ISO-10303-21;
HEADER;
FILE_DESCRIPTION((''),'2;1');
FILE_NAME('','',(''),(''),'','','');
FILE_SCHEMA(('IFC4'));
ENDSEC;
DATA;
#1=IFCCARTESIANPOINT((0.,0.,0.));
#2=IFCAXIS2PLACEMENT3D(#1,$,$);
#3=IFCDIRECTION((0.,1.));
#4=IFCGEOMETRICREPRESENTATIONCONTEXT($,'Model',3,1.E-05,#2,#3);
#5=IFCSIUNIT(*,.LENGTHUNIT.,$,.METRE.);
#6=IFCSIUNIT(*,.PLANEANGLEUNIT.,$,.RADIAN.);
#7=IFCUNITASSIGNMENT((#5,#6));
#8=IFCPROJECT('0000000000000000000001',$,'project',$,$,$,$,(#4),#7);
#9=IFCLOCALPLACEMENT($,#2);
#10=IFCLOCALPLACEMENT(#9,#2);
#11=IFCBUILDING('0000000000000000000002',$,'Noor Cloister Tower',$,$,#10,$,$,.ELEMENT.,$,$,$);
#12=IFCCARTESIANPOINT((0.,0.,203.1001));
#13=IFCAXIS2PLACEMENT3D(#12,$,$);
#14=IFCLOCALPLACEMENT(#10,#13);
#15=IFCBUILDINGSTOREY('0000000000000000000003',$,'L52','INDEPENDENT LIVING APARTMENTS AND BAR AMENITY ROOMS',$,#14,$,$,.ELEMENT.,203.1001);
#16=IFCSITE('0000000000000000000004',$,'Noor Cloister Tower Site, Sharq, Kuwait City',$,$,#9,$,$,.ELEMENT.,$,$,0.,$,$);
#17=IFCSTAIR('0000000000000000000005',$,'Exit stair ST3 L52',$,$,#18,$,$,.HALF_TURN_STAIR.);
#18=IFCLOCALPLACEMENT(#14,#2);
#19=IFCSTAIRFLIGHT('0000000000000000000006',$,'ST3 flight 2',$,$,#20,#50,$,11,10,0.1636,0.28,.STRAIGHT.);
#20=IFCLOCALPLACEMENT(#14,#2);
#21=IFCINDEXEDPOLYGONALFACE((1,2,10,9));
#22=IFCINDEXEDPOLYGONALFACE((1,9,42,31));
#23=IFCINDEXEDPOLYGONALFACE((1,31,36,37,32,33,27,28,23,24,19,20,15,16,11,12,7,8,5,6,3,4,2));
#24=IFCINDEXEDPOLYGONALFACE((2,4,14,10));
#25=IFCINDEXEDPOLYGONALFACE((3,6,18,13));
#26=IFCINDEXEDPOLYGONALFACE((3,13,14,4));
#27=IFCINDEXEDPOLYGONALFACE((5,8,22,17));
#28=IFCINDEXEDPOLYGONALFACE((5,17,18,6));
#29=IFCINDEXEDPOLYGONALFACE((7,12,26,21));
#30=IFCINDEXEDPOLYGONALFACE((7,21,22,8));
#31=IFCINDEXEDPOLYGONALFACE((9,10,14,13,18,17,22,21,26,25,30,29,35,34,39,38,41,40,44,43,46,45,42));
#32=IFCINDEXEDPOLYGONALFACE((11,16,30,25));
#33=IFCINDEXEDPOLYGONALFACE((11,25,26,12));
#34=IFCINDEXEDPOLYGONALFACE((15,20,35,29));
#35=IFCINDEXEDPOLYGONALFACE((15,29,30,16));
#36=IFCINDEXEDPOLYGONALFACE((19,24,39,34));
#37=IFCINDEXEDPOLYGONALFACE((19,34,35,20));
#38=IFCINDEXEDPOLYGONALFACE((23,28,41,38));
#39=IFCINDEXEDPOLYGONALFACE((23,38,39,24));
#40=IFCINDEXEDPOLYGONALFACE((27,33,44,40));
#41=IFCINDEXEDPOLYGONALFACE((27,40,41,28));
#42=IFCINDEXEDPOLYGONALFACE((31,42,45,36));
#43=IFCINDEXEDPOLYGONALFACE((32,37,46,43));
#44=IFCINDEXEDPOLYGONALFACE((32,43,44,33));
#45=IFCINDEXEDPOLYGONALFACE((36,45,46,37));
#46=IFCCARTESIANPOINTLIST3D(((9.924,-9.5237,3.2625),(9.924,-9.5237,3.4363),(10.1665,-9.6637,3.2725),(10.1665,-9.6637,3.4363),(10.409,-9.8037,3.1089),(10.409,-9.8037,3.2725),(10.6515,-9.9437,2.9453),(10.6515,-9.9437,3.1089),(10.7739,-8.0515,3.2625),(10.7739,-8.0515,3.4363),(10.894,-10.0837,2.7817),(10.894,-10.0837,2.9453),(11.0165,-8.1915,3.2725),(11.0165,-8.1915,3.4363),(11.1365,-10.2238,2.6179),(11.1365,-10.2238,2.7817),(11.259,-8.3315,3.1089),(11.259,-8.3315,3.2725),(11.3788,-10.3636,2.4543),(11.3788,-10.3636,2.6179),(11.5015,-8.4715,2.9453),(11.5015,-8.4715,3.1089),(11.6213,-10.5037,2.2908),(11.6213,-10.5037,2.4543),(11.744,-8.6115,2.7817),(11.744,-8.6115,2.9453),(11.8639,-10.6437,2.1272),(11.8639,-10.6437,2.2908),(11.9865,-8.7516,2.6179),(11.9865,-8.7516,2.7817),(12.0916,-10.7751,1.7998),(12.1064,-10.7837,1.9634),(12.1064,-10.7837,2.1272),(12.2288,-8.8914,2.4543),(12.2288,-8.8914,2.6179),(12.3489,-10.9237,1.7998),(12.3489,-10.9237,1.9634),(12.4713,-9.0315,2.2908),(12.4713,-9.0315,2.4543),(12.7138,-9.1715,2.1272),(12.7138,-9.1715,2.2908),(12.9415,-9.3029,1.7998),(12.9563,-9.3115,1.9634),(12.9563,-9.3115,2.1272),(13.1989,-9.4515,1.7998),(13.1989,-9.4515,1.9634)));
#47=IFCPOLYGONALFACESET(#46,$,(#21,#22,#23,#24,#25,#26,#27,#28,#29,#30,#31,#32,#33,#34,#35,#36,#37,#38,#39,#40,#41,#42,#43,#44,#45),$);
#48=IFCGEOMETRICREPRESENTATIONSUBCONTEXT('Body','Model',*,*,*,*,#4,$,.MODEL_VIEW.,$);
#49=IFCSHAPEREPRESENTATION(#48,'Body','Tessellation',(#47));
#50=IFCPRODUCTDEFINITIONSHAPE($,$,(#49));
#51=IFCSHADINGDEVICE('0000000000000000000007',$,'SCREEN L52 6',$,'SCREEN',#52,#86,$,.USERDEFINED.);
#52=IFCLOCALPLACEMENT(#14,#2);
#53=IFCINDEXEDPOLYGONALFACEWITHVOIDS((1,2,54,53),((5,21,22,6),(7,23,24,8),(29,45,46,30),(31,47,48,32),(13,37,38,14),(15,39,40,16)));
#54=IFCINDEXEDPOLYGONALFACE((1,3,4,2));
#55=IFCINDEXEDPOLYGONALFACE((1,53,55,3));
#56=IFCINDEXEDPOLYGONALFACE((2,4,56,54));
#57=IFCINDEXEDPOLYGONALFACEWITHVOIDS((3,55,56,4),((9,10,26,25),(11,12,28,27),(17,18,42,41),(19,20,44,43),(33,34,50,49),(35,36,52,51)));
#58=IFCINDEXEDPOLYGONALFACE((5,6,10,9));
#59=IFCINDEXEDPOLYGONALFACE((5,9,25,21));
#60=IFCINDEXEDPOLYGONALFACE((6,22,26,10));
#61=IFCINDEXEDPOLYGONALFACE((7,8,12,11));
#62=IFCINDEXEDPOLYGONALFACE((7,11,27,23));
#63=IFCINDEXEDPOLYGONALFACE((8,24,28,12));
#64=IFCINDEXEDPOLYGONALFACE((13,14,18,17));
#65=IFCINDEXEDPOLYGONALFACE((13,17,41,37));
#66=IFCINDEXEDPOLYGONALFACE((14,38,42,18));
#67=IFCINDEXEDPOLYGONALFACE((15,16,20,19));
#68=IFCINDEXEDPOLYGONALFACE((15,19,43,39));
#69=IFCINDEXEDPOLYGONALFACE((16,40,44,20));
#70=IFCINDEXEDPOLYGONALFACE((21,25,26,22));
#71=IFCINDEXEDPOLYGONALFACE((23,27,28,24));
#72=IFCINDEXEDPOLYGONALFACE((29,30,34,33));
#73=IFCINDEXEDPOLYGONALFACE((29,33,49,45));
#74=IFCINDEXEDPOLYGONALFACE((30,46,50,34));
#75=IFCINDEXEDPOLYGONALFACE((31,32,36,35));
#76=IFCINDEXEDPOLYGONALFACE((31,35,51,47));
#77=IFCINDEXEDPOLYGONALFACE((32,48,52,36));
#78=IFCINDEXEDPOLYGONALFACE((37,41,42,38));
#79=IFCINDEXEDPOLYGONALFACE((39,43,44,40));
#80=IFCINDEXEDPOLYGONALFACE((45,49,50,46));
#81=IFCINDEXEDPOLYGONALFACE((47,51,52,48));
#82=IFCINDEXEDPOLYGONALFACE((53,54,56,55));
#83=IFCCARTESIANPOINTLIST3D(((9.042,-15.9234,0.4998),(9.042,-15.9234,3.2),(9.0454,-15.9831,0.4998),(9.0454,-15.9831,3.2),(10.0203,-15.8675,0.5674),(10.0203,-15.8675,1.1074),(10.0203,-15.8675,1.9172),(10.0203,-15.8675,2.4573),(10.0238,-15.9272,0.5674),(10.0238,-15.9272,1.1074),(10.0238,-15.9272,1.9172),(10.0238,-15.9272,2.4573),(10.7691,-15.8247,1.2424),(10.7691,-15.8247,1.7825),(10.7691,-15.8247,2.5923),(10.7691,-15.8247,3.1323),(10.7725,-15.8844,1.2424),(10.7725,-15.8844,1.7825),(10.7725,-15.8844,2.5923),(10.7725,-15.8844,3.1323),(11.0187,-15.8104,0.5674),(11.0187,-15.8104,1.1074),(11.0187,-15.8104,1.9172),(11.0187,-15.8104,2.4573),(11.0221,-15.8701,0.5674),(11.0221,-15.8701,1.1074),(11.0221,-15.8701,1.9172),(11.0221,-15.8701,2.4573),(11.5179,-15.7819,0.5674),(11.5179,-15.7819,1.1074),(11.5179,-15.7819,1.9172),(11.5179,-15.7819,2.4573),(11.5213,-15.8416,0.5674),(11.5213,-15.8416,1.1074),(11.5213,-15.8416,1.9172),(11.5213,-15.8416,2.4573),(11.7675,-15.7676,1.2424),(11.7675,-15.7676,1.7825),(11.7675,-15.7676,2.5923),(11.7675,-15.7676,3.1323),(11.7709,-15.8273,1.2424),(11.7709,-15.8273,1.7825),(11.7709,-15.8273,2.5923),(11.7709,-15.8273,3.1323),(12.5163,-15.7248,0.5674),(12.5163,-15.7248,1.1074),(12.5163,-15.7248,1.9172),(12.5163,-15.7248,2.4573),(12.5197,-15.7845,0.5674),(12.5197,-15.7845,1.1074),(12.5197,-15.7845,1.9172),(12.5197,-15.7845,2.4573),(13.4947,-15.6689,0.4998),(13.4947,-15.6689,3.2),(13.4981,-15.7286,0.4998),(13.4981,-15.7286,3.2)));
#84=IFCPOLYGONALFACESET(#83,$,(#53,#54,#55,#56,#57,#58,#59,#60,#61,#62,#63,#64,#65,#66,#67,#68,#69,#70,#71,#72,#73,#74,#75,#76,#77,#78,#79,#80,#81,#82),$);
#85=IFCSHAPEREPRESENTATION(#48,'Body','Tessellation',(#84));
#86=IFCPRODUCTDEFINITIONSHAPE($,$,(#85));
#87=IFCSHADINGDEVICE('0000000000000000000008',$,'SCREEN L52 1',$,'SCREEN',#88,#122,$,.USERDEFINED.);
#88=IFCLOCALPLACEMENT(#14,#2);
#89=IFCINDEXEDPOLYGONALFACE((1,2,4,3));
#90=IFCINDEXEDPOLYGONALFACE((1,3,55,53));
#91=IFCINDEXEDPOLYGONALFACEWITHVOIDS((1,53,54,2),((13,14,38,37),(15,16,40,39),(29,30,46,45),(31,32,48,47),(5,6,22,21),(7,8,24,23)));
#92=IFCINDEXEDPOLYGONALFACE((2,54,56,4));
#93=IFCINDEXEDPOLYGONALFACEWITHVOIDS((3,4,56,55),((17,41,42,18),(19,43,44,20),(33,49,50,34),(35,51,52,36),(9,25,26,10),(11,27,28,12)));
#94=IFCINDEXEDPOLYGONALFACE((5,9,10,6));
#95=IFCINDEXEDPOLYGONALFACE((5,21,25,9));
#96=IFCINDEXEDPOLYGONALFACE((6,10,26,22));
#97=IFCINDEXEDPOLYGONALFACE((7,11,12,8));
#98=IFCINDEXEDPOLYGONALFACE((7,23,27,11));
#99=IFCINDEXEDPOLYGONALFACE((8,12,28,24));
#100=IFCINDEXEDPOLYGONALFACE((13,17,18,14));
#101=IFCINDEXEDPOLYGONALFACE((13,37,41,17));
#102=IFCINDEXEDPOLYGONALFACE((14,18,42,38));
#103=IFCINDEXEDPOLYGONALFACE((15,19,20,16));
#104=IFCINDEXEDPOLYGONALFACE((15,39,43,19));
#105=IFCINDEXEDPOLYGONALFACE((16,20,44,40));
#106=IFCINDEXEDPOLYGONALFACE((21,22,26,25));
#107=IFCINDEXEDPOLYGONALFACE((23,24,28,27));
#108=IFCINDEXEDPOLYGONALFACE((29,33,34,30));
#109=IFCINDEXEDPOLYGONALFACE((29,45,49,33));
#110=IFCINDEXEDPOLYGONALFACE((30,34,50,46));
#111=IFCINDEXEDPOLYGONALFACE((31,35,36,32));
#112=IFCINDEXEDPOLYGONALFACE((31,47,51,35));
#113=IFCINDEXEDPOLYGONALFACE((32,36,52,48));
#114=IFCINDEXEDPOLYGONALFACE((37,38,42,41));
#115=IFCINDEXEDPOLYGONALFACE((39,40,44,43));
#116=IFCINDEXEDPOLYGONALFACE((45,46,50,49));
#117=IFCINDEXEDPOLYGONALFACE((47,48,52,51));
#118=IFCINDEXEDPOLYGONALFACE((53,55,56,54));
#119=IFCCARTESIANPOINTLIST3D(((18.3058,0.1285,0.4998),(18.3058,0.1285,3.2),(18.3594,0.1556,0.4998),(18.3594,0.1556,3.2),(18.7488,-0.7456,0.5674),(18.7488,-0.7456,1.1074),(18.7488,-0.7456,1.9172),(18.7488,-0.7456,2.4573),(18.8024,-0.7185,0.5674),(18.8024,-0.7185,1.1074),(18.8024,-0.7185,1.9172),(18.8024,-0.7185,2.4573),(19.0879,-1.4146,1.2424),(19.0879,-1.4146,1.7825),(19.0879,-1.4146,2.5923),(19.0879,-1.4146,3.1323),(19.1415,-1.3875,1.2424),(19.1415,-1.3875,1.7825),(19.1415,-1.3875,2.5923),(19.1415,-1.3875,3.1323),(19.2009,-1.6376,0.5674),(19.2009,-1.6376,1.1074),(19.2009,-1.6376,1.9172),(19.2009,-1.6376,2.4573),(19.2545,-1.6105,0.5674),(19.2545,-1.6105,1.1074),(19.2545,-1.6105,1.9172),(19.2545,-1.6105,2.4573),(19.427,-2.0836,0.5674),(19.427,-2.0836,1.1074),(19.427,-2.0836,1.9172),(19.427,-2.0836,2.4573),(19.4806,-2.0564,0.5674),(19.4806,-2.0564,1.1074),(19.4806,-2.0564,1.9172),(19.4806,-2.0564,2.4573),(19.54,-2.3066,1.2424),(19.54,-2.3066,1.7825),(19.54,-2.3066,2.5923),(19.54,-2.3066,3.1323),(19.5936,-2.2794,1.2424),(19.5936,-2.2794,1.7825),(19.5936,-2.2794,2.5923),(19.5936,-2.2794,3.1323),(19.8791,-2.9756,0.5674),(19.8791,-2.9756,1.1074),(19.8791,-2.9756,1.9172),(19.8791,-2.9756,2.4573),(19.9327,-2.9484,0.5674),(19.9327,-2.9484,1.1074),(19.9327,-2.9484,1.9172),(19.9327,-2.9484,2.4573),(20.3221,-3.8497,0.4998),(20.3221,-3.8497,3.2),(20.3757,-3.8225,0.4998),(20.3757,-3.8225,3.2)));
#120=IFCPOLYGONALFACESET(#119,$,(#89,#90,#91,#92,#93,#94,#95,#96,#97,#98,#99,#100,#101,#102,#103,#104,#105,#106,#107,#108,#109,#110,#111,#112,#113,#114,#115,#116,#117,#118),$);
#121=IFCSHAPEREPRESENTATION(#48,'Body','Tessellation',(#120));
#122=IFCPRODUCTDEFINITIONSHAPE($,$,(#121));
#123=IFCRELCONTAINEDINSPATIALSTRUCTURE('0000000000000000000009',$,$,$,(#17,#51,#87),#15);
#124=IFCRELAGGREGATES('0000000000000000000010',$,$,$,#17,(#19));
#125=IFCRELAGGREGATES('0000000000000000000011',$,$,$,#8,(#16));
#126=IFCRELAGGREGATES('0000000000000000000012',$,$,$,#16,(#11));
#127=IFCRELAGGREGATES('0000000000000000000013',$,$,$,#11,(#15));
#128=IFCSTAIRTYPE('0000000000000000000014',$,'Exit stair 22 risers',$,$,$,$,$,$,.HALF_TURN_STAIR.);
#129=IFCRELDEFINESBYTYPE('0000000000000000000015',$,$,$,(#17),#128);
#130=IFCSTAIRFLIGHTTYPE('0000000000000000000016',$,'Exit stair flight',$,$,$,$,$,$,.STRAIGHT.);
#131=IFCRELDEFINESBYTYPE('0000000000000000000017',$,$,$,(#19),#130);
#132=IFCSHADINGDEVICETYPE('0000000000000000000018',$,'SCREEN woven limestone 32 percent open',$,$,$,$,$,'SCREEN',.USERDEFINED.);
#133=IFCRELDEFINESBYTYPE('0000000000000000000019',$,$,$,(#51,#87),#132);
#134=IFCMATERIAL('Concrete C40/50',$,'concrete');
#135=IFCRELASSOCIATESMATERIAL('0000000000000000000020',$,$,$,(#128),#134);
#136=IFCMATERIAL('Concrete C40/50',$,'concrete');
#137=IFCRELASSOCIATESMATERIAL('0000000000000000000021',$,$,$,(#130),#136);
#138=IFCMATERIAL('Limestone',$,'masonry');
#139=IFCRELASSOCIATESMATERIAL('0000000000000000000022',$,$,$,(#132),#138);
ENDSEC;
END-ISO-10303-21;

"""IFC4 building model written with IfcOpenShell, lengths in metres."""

from ifc_helpers import new_model, si_unit, direction, frame, origin, place, context, subcontext, project, spatial, polyline, outline, extrude, material, material_profile, profile_set, type_object, element, aggregate, save


model = new_model("IFC4")

# Units and contexts
model_context = context("Model", 3, precision=1e-05, world=origin(), true_north=direction((0.0, 1.0)))
body_context = subcontext(model_context, "Body", "Model", "MODEL_VIEW")
ifc_project = project(units=[si_unit("LENGTHUNIT", "METRE"), si_unit("PLANEANGLEUNIT", "RADIAN")], contexts=[model_context])

# Site, building, storey
site_placement = place(None, origin())
site = spatial("IfcSite", under=ifc_project, at=site_placement, Name="Noor Cloister Tower Site, Sharq, Kuwait City", CompositionType="ELEMENT", RefElevation=0.0)
building_placement = place(site_placement, origin())
building = spatial("IfcBuilding", under=site, at=building_placement, Name="Noor Cloister Tower", CompositionType="ELEMENT")
storey_placement = place(building_placement, frame((0.0, 0.0, 203.1001)))
storey = spatial("IfcBuildingStorey", under=building, at=storey_placement, Name="L52", Description="INDEPENDENT LIVING APARTMENTS AND BAR AMENITY ROOMS", CompositionType="ELEMENT", Elevation=203.1001)

# Stair, stair flight
ifc_material_1 = material(Name="Concrete C40/50", Category="concrete")
stair_type = type_object("IfcStairType", Name="Exit stair 22 risers", PredefinedType="HALF_TURN_STAIR", material=ifc_material_1)
stair_placement = place(storey_placement, origin())
stair = element("IfcStair", 1, at=stair_placement, inside=storey, type_object=stair_type, Name="Exit stair ST3 L52", PredefinedType="HALF_TURN_STAIR")
ifc_material_2 = material(Name="Concrete C40/50", Category="concrete")
stair_flight_type = type_object("IfcStairFlightType", Name="Exit stair flight", PredefinedType="STRAIGHT", material=ifc_material_2)
stair_flight_1_placement = place(storey_placement, frame((12.7739, -10.1875, 1.7998), z_axis=(0.0, 0.0, 1.0), x_axis=(-0.866025, 0.5, 0.0)))
stair_flight_1 = element("IfcStairFlight", 2, at=stair_flight_1_placement, type_object=stair_flight_type, Name="ST3 flight 2", NumberOfRisers=11, NumberOfTreads=10, PredefinedType="STRAIGHT", RiserHeight=0.1636, TreadLength=0.28, context=body_context, shape_type="SweptSolid", body=[
    extrude(outline(polyline([(0.0, 0.0), (0.0, 0.1636), (0.28, 0.1636), (0.28, 0.3274), (0.5601, 0.3274), (0.5601, 0.491), (0.8401, 0.491), (0.8401, 0.6545), (1.1201, 0.6545), (1.1201, 0.8181), (1.3999, 0.8181), (1.3999, 0.9819), (1.6799, 0.9819), (1.6799, 1.1455), (1.96, 1.1455), (1.96, 1.3091), (2.24, 1.3091), (2.24, 1.4727), (2.52, 1.4727), (2.52, 1.6365), (2.8, 1.6365), (2.8, 1.8), (2.8, 1.4626), (0.2971, 0.0), (0.0, 0.0)])), frame((0.0, 0.8501, 0.0), z_axis=(0.0, -1.0, 0.0), x_axis=(1.0, 0.0, 0.0)), (0.0, 0.0, 1.0), 1.7),
])
aggregate(stair, [stair_flight_1])

# Shading devices
ifc_material_3 = material(Name="Limestone", Category="masonry")
ifc_material_profile_1 = material_profile(ifc_material_3, outline(polyline([(-2.23, -1.3501), (2.23, -1.3501), (2.23, 1.3501), (-2.23, 1.3501), (-2.23, -1.3501)]), holes=[polyline([(-1.25, -1.2825), (-0.25, -1.2825), (-0.25, -0.7424), (-1.25, -0.7424), (-1.25, -1.2825)]), polyline([(0.25, -1.2825), (1.25, -1.2825), (1.25, -0.7424), (0.25, -0.7424), (0.25, -1.2825)]), polyline([(-0.5, -0.6074), (0.5, -0.6074), (0.5, -0.0674), (-0.5, -0.0674), (-0.5, -0.6074)]), polyline([(-1.25, 0.0674), (-0.25, 0.0674), (-0.25, 0.6074), (-1.25, 0.6074), (-1.25, 0.0674)]), polyline([(0.25, 0.0674), (1.25, 0.0674), (1.25, 0.6074), (0.25, 0.6074), (0.25, 0.0674)]), polyline([(-0.5, 0.7424), (0.5, 0.7424), (0.5, 1.2825), (-0.5, 1.2825), (-0.5, 0.7424)])]), Name="Woven screen 32 percent open")
ifc_profile_set_1 = profile_set([ifc_material_profile_1], Name="Limestone")
shading_device_type = type_object("IfcShadingDeviceType", Name="SCREEN woven limestone 32 percent open", ElementType="SCREEN", PredefinedType="USERDEFINED", material=ifc_profile_set_1)
shading_device_1_placement = place(storey_placement, frame((11.2683, -15.7961, 1.8499), z_axis=(0.05705, -0.998371, 0.0), x_axis=(0.998371, 0.05705, 0.0)))
element("IfcShadingDevice", 3, at=shading_device_1_placement, inside=storey, type_object=shading_device_type, Name="SCREEN L52 6", ObjectType="SCREEN", PredefinedType="USERDEFINED", context=body_context, shape_type="SweptSolid", body=[
    extrude(outline(polyline([(-2.23, -1.3501), (2.23, -1.3501), (2.23, 1.3501), (-2.23, 1.3501), (-2.23, -1.3501)]), holes=[polyline([(-1.25, -1.2825), (-0.25, -1.2825), (-0.25, -0.7424), (-1.25, -0.7424), (-1.25, -1.2825)]), polyline([(0.25, -1.2825), (1.25, -1.2825), (1.25, -0.7424), (0.25, -0.7424), (0.25, -1.2825)]), polyline([(-0.5, -0.6074), (0.5, -0.6074), (0.5, -0.0674), (-0.5, -0.0674), (-0.5, -0.6074)]), polyline([(-1.25, 0.0674), (-0.25, 0.0674), (-0.25, 0.6074), (-1.25, 0.6074), (-1.25, 0.0674)]), polyline([(0.25, 0.0674), (1.25, 0.0674), (1.25, 0.6074), (0.25, 0.6074), (0.25, 0.0674)]), polyline([(-0.5, 0.7424), (0.5, 0.7424), (0.5, 1.2825), (-0.5, 1.2825), (-0.5, 0.7424)])]), origin(), (0.0, 0.0, 1.0), 0.0598),
])
shading_device_2_placement = place(storey_placement, frame((19.314, -1.8606, 1.8499), z_axis=(0.89197, 0.452094, 0.0), x_axis=(-0.452094, 0.89197, 0.0)))
element("IfcShadingDevice", 4, at=shading_device_2_placement, inside=storey, type_object=shading_device_type, Name="SCREEN L52 1", ObjectType="SCREEN", PredefinedType="USERDEFINED", context=body_context, shape_type="SweptSolid", body=[
    extrude(outline(polyline([(-2.23, -1.3501), (2.23, -1.3501), (2.23, 1.3501), (-2.23, 1.3501), (-2.23, -1.3501)]), holes=[polyline([(-1.25, -1.2825), (-0.25, -1.2825), (-0.25, -0.7424), (-1.25, -0.7424), (-1.25, -1.2825)]), polyline([(0.25, -1.2825), (1.25, -1.2825), (1.25, -0.7424), (0.25, -0.7424), (0.25, -1.2825)]), polyline([(-0.5, -0.6074), (0.5, -0.6074), (0.5, -0.0674), (-0.5, -0.0674), (-0.5, -0.6074)]), polyline([(-1.25, 0.0674), (-0.25, 0.0674), (-0.25, 0.6074), (-1.25, 0.6074), (-1.25, 0.0674)]), polyline([(0.25, 0.0674), (1.25, 0.0674), (1.25, 0.6074), (0.25, 0.6074), (0.25, 0.0674)]), polyline([(-0.5, 0.7424), (0.5, 0.7424), (0.5, 1.2825), (-0.5, 1.2825), (-0.5, 0.7424)])]), origin(), (0.0, 0.0, 1.0), 0.0601),
])

save(model, "model.ifc")
